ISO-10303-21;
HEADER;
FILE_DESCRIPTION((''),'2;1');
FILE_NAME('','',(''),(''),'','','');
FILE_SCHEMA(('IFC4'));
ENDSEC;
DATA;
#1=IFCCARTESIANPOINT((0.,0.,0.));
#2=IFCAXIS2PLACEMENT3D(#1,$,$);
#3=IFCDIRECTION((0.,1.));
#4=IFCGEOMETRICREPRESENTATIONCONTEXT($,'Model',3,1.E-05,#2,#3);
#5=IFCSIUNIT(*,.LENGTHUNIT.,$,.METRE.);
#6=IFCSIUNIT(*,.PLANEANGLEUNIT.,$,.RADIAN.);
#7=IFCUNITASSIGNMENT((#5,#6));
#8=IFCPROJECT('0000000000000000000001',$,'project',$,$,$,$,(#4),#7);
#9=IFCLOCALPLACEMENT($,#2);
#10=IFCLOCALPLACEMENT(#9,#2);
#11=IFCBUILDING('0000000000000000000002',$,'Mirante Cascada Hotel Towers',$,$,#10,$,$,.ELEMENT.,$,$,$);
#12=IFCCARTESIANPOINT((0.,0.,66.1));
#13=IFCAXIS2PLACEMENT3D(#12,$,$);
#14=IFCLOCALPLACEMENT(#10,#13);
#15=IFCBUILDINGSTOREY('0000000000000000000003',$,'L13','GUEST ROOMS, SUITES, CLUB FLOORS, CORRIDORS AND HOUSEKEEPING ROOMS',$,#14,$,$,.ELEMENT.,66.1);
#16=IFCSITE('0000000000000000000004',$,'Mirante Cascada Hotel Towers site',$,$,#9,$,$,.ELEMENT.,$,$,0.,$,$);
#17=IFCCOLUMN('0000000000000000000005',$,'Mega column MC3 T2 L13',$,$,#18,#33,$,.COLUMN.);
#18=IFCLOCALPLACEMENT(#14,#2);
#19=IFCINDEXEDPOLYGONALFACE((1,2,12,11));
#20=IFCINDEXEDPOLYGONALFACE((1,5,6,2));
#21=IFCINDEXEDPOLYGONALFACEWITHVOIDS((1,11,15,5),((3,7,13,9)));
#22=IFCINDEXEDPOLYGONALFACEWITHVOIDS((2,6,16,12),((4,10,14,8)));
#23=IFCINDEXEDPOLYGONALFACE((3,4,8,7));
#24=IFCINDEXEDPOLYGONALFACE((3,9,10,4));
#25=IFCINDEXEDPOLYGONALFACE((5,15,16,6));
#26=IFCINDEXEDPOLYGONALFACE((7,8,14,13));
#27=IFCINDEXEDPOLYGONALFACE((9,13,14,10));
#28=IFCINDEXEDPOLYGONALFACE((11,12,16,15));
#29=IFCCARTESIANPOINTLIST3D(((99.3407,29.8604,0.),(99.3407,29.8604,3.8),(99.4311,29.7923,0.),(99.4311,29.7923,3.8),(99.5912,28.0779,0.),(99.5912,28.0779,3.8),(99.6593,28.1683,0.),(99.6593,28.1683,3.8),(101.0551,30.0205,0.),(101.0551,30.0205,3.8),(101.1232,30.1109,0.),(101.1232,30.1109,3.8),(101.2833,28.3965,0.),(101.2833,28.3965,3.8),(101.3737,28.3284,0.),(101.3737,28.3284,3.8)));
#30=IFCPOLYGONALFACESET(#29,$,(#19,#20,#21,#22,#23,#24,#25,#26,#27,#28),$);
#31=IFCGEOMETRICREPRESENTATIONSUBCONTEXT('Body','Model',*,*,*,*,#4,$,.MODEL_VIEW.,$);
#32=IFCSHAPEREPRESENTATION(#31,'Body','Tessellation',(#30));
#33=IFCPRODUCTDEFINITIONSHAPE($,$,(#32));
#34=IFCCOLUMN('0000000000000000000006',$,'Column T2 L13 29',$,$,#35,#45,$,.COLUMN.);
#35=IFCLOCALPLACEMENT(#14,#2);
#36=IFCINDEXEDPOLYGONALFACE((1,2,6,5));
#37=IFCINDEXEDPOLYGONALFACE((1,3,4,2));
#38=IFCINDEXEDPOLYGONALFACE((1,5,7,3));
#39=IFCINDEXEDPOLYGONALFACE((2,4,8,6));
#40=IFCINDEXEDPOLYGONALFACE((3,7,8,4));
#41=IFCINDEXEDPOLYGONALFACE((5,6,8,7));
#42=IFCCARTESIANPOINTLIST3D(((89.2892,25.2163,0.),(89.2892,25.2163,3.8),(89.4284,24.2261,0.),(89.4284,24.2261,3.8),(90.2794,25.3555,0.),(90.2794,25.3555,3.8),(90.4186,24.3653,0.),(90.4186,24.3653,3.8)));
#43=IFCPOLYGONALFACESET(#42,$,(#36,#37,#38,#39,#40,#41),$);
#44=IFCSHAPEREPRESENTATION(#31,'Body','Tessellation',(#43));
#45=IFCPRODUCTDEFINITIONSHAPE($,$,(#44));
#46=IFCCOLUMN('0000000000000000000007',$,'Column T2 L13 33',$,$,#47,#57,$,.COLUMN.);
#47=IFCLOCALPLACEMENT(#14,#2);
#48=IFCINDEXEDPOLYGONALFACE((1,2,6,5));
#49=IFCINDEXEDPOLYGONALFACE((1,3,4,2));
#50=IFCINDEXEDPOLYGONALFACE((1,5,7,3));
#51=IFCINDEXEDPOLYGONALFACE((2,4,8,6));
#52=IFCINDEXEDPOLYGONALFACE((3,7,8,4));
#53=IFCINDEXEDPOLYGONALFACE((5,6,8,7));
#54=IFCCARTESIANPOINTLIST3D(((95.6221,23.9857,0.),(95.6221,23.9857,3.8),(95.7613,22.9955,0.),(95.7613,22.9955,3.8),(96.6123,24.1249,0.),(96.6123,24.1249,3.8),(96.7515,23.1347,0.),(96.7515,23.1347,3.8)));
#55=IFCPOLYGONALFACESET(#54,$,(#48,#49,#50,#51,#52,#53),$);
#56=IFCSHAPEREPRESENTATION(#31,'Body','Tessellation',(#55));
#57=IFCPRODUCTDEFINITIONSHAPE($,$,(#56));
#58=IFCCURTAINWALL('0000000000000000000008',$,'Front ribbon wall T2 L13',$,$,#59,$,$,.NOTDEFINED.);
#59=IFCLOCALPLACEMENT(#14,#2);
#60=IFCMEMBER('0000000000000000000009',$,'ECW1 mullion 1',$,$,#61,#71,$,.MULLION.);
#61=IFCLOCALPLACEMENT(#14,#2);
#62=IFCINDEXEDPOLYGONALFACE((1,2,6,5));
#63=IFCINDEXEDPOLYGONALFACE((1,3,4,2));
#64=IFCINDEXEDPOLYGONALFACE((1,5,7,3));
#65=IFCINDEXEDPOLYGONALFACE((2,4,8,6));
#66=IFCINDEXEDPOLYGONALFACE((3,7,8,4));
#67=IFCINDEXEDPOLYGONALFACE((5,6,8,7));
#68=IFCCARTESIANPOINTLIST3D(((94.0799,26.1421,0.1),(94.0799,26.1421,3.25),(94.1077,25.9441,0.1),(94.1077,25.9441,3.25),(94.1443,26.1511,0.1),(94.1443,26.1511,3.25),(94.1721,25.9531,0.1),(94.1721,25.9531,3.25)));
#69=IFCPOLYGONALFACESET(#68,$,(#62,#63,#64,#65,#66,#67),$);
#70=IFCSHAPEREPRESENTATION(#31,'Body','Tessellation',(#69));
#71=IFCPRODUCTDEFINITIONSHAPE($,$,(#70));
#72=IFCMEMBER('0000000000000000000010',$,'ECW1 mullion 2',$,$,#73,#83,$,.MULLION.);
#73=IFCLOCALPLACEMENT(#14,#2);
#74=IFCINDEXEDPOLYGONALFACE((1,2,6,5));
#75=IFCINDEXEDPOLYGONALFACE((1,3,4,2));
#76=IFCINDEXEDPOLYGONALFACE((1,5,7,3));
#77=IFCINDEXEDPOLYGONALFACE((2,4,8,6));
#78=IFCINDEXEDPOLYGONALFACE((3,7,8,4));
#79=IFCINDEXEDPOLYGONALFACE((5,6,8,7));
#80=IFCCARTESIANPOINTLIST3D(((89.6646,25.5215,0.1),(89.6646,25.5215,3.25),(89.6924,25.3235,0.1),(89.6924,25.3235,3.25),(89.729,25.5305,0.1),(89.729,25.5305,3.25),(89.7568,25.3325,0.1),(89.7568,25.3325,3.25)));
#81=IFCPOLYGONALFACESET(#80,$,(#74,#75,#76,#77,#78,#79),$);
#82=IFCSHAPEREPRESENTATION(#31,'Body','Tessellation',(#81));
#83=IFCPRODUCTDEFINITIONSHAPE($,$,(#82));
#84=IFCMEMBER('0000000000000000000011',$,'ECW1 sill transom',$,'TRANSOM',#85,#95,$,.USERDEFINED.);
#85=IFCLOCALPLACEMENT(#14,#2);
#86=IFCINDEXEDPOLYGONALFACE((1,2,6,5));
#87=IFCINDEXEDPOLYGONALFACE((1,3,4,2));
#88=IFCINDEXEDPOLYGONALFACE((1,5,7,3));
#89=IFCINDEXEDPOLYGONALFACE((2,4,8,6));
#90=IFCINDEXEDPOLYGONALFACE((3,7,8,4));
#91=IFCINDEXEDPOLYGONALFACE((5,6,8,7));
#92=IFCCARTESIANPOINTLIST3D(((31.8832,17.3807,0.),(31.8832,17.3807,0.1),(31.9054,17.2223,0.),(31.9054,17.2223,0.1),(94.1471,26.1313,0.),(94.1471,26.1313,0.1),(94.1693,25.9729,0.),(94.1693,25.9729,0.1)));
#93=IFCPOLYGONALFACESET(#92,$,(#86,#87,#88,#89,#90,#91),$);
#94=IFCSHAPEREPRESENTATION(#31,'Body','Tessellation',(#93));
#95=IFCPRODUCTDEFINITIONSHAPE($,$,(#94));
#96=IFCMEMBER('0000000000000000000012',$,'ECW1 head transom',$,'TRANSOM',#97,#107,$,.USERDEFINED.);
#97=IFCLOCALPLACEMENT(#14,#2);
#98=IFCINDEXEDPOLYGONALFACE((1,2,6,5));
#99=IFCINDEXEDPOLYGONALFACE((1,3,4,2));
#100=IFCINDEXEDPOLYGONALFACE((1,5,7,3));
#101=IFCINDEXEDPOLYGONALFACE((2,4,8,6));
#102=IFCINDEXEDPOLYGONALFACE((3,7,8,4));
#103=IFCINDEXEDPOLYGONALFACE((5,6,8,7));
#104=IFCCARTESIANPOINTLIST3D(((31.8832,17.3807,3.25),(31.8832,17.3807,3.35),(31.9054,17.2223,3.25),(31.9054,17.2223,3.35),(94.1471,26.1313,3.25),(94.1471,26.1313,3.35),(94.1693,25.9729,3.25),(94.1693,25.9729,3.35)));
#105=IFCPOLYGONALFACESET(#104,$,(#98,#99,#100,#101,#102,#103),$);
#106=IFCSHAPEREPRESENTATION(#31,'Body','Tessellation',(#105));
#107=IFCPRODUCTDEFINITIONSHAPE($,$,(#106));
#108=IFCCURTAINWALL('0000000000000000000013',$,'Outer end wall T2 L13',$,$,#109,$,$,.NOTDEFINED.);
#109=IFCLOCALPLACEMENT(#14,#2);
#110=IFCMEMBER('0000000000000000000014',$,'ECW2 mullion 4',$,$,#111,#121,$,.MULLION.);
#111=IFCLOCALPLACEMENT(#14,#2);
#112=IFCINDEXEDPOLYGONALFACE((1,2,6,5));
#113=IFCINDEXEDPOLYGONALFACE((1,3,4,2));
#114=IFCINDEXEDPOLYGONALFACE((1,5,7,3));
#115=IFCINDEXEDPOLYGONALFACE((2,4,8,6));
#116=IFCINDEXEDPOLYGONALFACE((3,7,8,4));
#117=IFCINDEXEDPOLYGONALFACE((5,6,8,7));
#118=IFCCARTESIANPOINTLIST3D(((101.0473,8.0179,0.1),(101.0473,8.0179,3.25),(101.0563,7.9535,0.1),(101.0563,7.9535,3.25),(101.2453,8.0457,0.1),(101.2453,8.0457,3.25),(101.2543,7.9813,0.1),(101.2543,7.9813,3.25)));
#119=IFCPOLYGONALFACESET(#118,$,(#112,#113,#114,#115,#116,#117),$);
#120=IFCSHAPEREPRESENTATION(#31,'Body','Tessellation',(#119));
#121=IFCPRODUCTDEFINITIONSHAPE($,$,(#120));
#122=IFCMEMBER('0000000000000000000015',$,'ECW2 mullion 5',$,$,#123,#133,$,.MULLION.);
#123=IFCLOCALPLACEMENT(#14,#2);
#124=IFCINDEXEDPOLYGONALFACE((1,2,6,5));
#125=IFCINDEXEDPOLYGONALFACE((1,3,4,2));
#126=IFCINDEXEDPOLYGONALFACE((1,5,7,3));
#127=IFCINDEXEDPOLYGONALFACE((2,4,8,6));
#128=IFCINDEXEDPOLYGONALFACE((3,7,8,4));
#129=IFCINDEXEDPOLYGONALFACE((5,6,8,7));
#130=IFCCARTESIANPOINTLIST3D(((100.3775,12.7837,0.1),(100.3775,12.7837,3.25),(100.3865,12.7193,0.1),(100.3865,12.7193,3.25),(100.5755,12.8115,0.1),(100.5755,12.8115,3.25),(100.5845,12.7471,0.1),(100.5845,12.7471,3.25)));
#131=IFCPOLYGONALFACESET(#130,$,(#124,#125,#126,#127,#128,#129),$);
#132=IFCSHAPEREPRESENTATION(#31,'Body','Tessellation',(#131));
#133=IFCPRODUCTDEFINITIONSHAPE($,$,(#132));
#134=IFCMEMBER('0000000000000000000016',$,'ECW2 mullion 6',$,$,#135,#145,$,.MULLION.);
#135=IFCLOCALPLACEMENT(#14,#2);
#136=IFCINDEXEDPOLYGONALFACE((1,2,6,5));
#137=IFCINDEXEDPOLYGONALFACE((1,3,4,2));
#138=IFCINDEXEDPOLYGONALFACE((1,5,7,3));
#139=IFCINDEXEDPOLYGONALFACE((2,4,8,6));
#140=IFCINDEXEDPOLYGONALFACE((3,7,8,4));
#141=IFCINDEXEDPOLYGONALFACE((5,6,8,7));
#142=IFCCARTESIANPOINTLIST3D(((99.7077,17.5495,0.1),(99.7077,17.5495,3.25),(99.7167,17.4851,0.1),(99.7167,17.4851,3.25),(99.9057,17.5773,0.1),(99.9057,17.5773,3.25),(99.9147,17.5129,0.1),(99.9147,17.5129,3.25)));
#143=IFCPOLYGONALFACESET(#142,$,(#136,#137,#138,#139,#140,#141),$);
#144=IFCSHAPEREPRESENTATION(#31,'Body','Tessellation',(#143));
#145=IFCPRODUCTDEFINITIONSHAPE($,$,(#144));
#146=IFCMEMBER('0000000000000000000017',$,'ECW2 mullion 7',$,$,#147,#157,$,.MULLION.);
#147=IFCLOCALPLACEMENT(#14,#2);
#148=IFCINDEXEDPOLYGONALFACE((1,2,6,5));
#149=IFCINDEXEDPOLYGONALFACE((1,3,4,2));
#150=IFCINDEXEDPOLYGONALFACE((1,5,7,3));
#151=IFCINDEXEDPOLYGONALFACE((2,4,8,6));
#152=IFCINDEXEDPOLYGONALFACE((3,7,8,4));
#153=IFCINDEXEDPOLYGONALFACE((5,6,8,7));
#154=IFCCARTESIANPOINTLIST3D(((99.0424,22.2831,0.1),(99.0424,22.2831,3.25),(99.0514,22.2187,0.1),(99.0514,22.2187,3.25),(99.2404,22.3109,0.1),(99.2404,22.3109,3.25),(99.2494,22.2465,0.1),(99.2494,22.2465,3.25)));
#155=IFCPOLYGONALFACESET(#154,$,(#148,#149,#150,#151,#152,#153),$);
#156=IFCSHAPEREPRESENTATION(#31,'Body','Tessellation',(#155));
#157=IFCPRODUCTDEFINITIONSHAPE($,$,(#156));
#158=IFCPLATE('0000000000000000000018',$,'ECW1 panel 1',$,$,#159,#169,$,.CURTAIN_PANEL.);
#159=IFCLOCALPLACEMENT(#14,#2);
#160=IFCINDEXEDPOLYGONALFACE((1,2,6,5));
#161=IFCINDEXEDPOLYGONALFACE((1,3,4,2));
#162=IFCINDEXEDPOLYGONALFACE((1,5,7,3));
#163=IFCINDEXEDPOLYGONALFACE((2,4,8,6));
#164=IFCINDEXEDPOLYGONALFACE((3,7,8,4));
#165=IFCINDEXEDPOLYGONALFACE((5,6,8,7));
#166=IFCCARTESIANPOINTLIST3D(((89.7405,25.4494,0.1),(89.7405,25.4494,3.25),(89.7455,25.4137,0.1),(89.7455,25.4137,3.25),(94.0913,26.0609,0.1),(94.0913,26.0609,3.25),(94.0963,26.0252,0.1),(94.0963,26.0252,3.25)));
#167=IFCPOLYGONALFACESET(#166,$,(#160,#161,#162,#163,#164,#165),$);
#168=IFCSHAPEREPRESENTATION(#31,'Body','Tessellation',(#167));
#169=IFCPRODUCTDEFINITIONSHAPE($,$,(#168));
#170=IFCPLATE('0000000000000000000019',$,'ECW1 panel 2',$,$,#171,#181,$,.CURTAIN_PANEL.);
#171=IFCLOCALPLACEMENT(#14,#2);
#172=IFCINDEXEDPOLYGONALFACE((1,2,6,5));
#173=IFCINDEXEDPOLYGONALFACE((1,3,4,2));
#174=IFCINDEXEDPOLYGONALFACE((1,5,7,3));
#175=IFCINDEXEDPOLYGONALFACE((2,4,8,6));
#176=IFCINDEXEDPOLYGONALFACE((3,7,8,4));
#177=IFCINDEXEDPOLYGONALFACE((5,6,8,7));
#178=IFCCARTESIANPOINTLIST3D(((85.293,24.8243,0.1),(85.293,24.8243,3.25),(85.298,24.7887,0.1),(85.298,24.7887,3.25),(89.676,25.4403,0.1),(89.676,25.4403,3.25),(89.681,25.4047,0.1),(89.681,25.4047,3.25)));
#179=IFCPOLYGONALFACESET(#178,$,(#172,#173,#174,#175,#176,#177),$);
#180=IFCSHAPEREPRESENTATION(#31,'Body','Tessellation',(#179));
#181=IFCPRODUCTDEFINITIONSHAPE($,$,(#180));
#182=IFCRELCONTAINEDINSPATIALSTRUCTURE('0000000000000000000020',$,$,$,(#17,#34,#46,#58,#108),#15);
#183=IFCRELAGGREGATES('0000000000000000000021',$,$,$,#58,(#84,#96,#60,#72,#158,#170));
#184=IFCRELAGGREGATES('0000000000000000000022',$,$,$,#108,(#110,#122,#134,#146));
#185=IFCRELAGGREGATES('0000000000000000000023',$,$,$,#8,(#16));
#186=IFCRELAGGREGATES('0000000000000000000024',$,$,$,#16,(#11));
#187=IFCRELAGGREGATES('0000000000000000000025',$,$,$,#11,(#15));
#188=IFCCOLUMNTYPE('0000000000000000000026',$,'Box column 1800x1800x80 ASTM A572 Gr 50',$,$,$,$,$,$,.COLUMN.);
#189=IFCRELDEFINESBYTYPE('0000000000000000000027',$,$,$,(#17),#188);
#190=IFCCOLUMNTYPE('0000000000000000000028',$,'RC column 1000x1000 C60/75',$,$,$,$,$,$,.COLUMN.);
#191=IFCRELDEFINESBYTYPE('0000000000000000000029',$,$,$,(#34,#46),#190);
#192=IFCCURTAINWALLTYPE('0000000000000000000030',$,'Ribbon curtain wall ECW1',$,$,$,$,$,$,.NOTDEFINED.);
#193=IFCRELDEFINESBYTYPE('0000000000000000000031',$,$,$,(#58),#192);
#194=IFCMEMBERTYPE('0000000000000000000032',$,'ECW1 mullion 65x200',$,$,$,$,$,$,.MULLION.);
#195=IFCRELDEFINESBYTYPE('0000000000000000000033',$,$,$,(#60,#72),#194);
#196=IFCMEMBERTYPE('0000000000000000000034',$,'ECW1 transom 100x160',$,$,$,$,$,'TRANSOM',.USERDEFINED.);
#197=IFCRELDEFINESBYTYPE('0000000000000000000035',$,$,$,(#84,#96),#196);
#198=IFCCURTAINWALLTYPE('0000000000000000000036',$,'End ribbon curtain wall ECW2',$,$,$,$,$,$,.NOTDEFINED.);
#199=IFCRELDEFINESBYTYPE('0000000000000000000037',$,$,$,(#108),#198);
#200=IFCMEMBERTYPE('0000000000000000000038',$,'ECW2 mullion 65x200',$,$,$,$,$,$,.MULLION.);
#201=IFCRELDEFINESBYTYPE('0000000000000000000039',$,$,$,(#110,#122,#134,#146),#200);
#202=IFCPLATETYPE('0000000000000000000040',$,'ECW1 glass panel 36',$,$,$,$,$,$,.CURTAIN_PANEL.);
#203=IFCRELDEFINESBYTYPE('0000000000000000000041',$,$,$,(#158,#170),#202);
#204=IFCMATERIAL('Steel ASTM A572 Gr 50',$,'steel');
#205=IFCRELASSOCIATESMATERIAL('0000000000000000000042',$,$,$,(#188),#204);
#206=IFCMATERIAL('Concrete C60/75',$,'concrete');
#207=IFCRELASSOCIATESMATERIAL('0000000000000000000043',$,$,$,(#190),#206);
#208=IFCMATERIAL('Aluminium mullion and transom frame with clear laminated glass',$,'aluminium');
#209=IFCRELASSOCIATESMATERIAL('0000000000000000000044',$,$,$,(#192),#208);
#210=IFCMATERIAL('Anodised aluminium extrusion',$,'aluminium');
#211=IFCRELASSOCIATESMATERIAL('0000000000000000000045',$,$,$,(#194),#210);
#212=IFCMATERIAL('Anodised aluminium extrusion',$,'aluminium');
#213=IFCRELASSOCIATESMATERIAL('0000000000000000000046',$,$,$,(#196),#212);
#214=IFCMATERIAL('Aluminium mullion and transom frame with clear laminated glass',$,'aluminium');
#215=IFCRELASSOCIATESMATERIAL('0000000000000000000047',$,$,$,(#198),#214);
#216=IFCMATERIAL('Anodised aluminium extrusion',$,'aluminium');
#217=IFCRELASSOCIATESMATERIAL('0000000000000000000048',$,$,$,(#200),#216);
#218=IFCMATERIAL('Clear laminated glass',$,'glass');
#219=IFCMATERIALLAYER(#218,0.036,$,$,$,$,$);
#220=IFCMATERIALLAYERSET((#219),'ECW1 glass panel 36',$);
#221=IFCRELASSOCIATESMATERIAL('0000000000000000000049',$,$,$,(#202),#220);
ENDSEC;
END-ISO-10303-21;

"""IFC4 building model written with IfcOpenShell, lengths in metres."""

from ifc_helpers import new_model, si_unit, direction, frame, origin, origin_2d, place, context, subcontext, project, spatial, rectangle, hollow_rectangle, extrude, material, layer, layer_set, material_profile, profile_set, type_object, element, aggregate, save


model = new_model("IFC4")

# Units and contexts
model_context = context("Model", 3, precision=1e-05, world=origin(), true_north=direction((0.0, 1.0)))
body_context = subcontext(model_context, "Body", "Model", "MODEL_VIEW")
ifc_project = project(units=[si_unit("LENGTHUNIT", "METRE"), si_unit("PLANEANGLEUNIT", "RADIAN")], contexts=[model_context])

# Site, building, storey
site_placement = place(None, origin())
site = spatial("IfcSite", under=ifc_project, at=site_placement, Name="Mirante Cascada Hotel Towers site", CompositionType="ELEMENT", RefElevation=0.0)
building_placement = place(site_placement, origin())
building = spatial("IfcBuilding", under=site, at=building_placement, Name="Mirante Cascada Hotel Towers", CompositionType="ELEMENT")
storey_placement = place(building_placement, frame((0.0, 0.0, 66.1)))
storey = spatial("IfcBuildingStorey", under=building, at=storey_placement, Name="L13", Description="GUEST ROOMS, SUITES, CLUB FLOORS, CORRIDORS AND HOUSEKEEPING ROOMS", CompositionType="ELEMENT", Elevation=66.1)

# Columns
ifc_material_1 = material(Name="Steel ASTM A572 Gr 50", Category="steel")
ifc_material_profile_1 = material_profile(ifc_material_1, hollow_rectangle(XDim=1.8, YDim=1.8, WallThickness=0.08, at=origin_2d()), Name="Box column 1800x1800x80 ASTM A572 Gr 50")
ifc_profile_set_1 = profile_set([ifc_material_profile_1], Name="Steel ASTM A572 Gr 50")
column_type_1 = type_object("IfcColumnType", Name="Box column 1800x1800x80 ASTM A572 Gr 50", PredefinedType="COLUMN", material=ifc_profile_set_1)
column_placement = place(storey_placement, frame((100.3572, 29.0944, 0.0), z_axis=(0.0, 0.0, 1.0), x_axis=(0.990268, 0.139173, 0.0)))
element("IfcColumn", 1, at=column_placement, inside=storey, type_object=column_type_1, Name="Mega column MC3 T2 L13", PredefinedType="COLUMN", context=body_context, shape_type="SweptSolid", body=[
    extrude(hollow_rectangle(XDim=1.8, YDim=1.8, WallThickness=0.08, at=origin_2d()), origin(), (0.0, 0.0, 1.0), 3.8),
])
ifc_material_2 = material(Name="Concrete C60/75", Category="concrete")
ifc_material_profile_2 = material_profile(ifc_material_2, rectangle(XDim=1.0, YDim=1.0, at=origin_2d()), Name="RC column 1000x1000 C60/75")
ifc_profile_set_2 = profile_set([ifc_material_profile_2], Name="Concrete C60/75")
column_type_2 = type_object("IfcColumnType", Name="RC column 1000x1000 C60/75", PredefinedType="COLUMN", material=ifc_profile_set_2)
for number, where, z_axis, x_axis, name in (
    (2, (89.8539, 24.7908, 0.0), (0.0, 0.0, 1.0), (0.990268, 0.139173, 0.0), "Column T2 L13 29"),
    (3, (96.1868, 23.5602, 0.0), (0.0, 0.0, 1.0), (0.990268, 0.139173, 0.0), "Column T2 L13 33"),
):
    element("IfcColumn", number, at=place(storey_placement, frame(where, z_axis=z_axis, x_axis=x_axis)), inside=storey, type_object=column_type_2, Name=name, PredefinedType="COLUMN", context=body_context, shape_type="SweptSolid", body=[
        extrude(rectangle(XDim=1.0, YDim=1.0, at=origin_2d()), origin(), (0.0, 0.0, 1.0), 3.8),
    ])

# Curtain walls, members
ifc_material_3 = material(Name="Aluminium mullion and transom frame with clear laminated glass", Category="aluminium")
curtain_wall_type_1 = type_object("IfcCurtainWallType", Name="Ribbon curtain wall ECW1", PredefinedType="NOTDEFINED", material=ifc_material_3)
curtain_wall_1_placement = place(storey_placement, origin())
curtain_wall_1 = element("IfcCurtainWall", 4, at=curtain_wall_1_placement, inside=storey, type_object=curtain_wall_type_1, Name="Front ribbon wall T2 L13", PredefinedType="NOTDEFINED")
ifc_material_4 = material(Name="Anodised aluminium extrusion", Category="aluminium")
ifc_material_profile_3 = material_profile(ifc_material_4, rectangle(XDim=0.2, YDim=0.065, at=origin_2d()), Name="ECW1 MULLION 65x200")
ifc_profile_set_3 = profile_set([ifc_material_profile_3], Name="Anodised aluminium extrusion")
member_type_1 = type_object("IfcMemberType", Name="ECW1 mullion 65x200", PredefinedType="MULLION", material=ifc_profile_set_3)
member_1_placement = place(storey_placement, frame((94.126, 26.0476, 0.1), z_axis=(0.0, 0.0, 1.0), x_axis=(0.139173, -0.990268, 0.0)))
member_1 = element("IfcMember", 5, at=member_1_placement, type_object=member_type_1, Name="ECW1 mullion 1", PredefinedType="MULLION", context=body_context, shape_type="SweptSolid", body=[
    extrude(rectangle(XDim=0.2, YDim=0.065, at=origin_2d()), origin(), (0.0, 0.0, 1.0), 3.15),
])
member_2_placement = place(storey_placement, frame((89.7107, 25.427, 0.1), z_axis=(0.0, 0.0, 1.0), x_axis=(0.139173, -0.990268, 0.0)))
member_2 = element("IfcMember", 6, at=member_2_placement, type_object=member_type_1, Name="ECW1 mullion 2", PredefinedType="MULLION", context=body_context, shape_type="SweptSolid", body=[
    extrude(rectangle(XDim=0.2, YDim=0.065, at=origin_2d()), origin(), (0.0, 0.0, 1.0), 3.15),
])
ifc_material_5 = material(Name="Anodised aluminium extrusion", Category="aluminium")
ifc_material_profile_4 = material_profile(ifc_material_5, rectangle(XDim=0.16, YDim=0.1, at=origin_2d()), Name="ECW1 TRANSOM 100x160")
ifc_profile_set_4 = profile_set([ifc_material_profile_4], Name="Anodised aluminium extrusion")
member_type_2 = type_object("IfcMemberType", Name="ECW1 transom 100x160", ElementType="TRANSOM", PredefinedType="USERDEFINED", material=ifc_profile_set_4)
member_3_placement = place(storey_placement, frame((94.1582, 26.0521, 0.05), z_axis=(-0.990268, -0.139173, 0.0), x_axis=(0.139173, -0.990268, 0.0)))
member_3 = element("IfcMember", 7, at=member_3_placement, type_object=member_type_2, Name="ECW1 sill transom", ObjectType="TRANSOM", PredefinedType="USERDEFINED", context=body_context, shape_type="SweptSolid", body=[
    extrude(rectangle(XDim=0.16, YDim=0.1, at=origin_2d()), origin(), (0.0, 0.0, 1.0), 62.8758),
])
member_4_placement = place(storey_placement, frame((94.1582, 26.0521, 3.3), z_axis=(-0.990268, -0.139173, 0.0), x_axis=(0.139173, -0.990268, 0.0)))
member_4 = element("IfcMember", 8, at=member_4_placement, type_object=member_type_2, Name="ECW1 head transom", ObjectType="TRANSOM", PredefinedType="USERDEFINED", context=body_context, shape_type="SweptSolid", body=[
    extrude(rectangle(XDim=0.16, YDim=0.1, at=origin_2d()), origin(), (0.0, 0.0, 1.0), 62.8758),
])
ifc_material_6 = material(Name="Aluminium mullion and transom frame with clear laminated glass", Category="aluminium")
curtain_wall_type_2 = type_object("IfcCurtainWallType", Name="End ribbon curtain wall ECW2", PredefinedType="NOTDEFINED", material=ifc_material_6)
curtain_wall_2_placement = place(storey_placement, origin())
curtain_wall_2 = element("IfcCurtainWall", 9, at=curtain_wall_2_placement, inside=storey, type_object=curtain_wall_type_2, Name="Outer end wall T2 L13", PredefinedType="NOTDEFINED")
ifc_material_7 = material(Name="Anodised aluminium extrusion", Category="aluminium")
ifc_material_profile_5 = material_profile(ifc_material_7, rectangle(XDim=0.2, YDim=0.065, at=origin_2d()), Name="ECW2 MULLION 65x200")
ifc_profile_set_5 = profile_set([ifc_material_profile_5], Name="Anodised aluminium extrusion")
member_type_3 = type_object("IfcMemberType", Name="ECW2 mullion 65x200", PredefinedType="MULLION", material=ifc_profile_set_5)
member_5_placement = place(storey_placement, frame((101.1508, 7.9996, 0.1), z_axis=(0.0, 0.0, 1.0), x_axis=(-0.990268, -0.139173, 0.0)))
member_5 = element("IfcMember", 10, at=member_5_placement, type_object=member_type_3, Name="ECW2 mullion 4", PredefinedType="MULLION", context=body_context, shape_type="SweptSolid", body=[
    extrude(rectangle(XDim=0.2, YDim=0.065, at=origin_2d()), origin(), (0.0, 0.0, 1.0), 3.15),
])
member_6_placement = place(storey_placement, frame((100.481, 12.7654, 0.1), z_axis=(0.0, 0.0, 1.0), x_axis=(-0.990268, -0.139173, 0.0)))
member_6 = element("IfcMember", 11, at=member_6_placement, type_object=member_type_3, Name="ECW2 mullion 5", PredefinedType="MULLION", context=body_context, shape_type="SweptSolid", body=[
    extrude(rectangle(XDim=0.2, YDim=0.065, at=origin_2d()), origin(), (0.0, 0.0, 1.0), 3.15),
])
member_7_placement = place(storey_placement, frame((99.8112, 17.5312, 0.1), z_axis=(0.0, 0.0, 1.0), x_axis=(-0.990268, -0.139173, 0.0)))
member_7 = element("IfcMember", 12, at=member_7_placement, type_object=member_type_3, Name="ECW2 mullion 6", PredefinedType="MULLION", context=body_context, shape_type="SweptSolid", body=[
    extrude(rectangle(XDim=0.2, YDim=0.065, at=origin_2d()), origin(), (0.0, 0.0, 1.0), 3.15),
])
member_8_placement = place(storey_placement, frame((99.1459, 22.2648, 0.1), z_axis=(0.0, 0.0, 1.0), x_axis=(-0.990268, -0.139173, 0.0)))
member_8 = element("IfcMember", 13, at=member_8_placement, type_object=member_type_3, Name="ECW2 mullion 7", PredefinedType="MULLION", context=body_context, shape_type="SweptSolid", body=[
    extrude(rectangle(XDim=0.2, YDim=0.065, at=origin_2d()), origin(), (0.0, 0.0, 1.0), 3.15),
])

# Plates
ifc_material_8 = material(Name="Clear laminated glass", Category="glass")
ifc_layer_1 = layer(ifc_material_8, 0.036)
ifc_layer_set_1 = layer_set([ifc_layer_1], Name="ECW1 glass panel 36")
plate_type_1 = type_object("IfcPlateType", Name="ECW1 glass panel 36", PredefinedType="CURTAIN_PANEL", material=ifc_layer_set_1)
plate_1_placement = place(storey_placement, frame((91.9184, 25.7373, 0.1), z_axis=(0.0, 0.0, 1.0), x_axis=(-0.990268, -0.139173, 0.0)))
plate_1 = element("IfcPlate", 14, at=plate_1_placement, type_object=plate_type_1, Name="ECW1 panel 1", PredefinedType="CURTAIN_PANEL", context=body_context, shape_type="SweptSolid", body=[
    extrude(rectangle(XDim=4.3936, YDim=0.036, at=origin_2d()), origin(), (0.0, 0.0, 1.0), 3.15),
])
plate_2_placement = place(storey_placement, frame((87.487, 25.1145, 0.1), z_axis=(0.0, 0.0, 1.0), x_axis=(-0.990268, -0.139173, 0.0)))
plate_2 = element("IfcPlate", 15, at=plate_2_placement, type_object=plate_type_1, Name="ECW1 panel 2", PredefinedType="CURTAIN_PANEL", context=body_context, shape_type="SweptSolid", body=[
    extrude(rectangle(XDim=4.4261, YDim=0.036, at=origin_2d()), origin(), (0.0, 0.0, 1.0), 3.15),
])
aggregate(curtain_wall_1, [member_3, member_4, member_1, member_2, plate_1, plate_2])
aggregate(curtain_wall_2, [member_5, member_6, member_7, member_8])

save(model, "model.ifc")
